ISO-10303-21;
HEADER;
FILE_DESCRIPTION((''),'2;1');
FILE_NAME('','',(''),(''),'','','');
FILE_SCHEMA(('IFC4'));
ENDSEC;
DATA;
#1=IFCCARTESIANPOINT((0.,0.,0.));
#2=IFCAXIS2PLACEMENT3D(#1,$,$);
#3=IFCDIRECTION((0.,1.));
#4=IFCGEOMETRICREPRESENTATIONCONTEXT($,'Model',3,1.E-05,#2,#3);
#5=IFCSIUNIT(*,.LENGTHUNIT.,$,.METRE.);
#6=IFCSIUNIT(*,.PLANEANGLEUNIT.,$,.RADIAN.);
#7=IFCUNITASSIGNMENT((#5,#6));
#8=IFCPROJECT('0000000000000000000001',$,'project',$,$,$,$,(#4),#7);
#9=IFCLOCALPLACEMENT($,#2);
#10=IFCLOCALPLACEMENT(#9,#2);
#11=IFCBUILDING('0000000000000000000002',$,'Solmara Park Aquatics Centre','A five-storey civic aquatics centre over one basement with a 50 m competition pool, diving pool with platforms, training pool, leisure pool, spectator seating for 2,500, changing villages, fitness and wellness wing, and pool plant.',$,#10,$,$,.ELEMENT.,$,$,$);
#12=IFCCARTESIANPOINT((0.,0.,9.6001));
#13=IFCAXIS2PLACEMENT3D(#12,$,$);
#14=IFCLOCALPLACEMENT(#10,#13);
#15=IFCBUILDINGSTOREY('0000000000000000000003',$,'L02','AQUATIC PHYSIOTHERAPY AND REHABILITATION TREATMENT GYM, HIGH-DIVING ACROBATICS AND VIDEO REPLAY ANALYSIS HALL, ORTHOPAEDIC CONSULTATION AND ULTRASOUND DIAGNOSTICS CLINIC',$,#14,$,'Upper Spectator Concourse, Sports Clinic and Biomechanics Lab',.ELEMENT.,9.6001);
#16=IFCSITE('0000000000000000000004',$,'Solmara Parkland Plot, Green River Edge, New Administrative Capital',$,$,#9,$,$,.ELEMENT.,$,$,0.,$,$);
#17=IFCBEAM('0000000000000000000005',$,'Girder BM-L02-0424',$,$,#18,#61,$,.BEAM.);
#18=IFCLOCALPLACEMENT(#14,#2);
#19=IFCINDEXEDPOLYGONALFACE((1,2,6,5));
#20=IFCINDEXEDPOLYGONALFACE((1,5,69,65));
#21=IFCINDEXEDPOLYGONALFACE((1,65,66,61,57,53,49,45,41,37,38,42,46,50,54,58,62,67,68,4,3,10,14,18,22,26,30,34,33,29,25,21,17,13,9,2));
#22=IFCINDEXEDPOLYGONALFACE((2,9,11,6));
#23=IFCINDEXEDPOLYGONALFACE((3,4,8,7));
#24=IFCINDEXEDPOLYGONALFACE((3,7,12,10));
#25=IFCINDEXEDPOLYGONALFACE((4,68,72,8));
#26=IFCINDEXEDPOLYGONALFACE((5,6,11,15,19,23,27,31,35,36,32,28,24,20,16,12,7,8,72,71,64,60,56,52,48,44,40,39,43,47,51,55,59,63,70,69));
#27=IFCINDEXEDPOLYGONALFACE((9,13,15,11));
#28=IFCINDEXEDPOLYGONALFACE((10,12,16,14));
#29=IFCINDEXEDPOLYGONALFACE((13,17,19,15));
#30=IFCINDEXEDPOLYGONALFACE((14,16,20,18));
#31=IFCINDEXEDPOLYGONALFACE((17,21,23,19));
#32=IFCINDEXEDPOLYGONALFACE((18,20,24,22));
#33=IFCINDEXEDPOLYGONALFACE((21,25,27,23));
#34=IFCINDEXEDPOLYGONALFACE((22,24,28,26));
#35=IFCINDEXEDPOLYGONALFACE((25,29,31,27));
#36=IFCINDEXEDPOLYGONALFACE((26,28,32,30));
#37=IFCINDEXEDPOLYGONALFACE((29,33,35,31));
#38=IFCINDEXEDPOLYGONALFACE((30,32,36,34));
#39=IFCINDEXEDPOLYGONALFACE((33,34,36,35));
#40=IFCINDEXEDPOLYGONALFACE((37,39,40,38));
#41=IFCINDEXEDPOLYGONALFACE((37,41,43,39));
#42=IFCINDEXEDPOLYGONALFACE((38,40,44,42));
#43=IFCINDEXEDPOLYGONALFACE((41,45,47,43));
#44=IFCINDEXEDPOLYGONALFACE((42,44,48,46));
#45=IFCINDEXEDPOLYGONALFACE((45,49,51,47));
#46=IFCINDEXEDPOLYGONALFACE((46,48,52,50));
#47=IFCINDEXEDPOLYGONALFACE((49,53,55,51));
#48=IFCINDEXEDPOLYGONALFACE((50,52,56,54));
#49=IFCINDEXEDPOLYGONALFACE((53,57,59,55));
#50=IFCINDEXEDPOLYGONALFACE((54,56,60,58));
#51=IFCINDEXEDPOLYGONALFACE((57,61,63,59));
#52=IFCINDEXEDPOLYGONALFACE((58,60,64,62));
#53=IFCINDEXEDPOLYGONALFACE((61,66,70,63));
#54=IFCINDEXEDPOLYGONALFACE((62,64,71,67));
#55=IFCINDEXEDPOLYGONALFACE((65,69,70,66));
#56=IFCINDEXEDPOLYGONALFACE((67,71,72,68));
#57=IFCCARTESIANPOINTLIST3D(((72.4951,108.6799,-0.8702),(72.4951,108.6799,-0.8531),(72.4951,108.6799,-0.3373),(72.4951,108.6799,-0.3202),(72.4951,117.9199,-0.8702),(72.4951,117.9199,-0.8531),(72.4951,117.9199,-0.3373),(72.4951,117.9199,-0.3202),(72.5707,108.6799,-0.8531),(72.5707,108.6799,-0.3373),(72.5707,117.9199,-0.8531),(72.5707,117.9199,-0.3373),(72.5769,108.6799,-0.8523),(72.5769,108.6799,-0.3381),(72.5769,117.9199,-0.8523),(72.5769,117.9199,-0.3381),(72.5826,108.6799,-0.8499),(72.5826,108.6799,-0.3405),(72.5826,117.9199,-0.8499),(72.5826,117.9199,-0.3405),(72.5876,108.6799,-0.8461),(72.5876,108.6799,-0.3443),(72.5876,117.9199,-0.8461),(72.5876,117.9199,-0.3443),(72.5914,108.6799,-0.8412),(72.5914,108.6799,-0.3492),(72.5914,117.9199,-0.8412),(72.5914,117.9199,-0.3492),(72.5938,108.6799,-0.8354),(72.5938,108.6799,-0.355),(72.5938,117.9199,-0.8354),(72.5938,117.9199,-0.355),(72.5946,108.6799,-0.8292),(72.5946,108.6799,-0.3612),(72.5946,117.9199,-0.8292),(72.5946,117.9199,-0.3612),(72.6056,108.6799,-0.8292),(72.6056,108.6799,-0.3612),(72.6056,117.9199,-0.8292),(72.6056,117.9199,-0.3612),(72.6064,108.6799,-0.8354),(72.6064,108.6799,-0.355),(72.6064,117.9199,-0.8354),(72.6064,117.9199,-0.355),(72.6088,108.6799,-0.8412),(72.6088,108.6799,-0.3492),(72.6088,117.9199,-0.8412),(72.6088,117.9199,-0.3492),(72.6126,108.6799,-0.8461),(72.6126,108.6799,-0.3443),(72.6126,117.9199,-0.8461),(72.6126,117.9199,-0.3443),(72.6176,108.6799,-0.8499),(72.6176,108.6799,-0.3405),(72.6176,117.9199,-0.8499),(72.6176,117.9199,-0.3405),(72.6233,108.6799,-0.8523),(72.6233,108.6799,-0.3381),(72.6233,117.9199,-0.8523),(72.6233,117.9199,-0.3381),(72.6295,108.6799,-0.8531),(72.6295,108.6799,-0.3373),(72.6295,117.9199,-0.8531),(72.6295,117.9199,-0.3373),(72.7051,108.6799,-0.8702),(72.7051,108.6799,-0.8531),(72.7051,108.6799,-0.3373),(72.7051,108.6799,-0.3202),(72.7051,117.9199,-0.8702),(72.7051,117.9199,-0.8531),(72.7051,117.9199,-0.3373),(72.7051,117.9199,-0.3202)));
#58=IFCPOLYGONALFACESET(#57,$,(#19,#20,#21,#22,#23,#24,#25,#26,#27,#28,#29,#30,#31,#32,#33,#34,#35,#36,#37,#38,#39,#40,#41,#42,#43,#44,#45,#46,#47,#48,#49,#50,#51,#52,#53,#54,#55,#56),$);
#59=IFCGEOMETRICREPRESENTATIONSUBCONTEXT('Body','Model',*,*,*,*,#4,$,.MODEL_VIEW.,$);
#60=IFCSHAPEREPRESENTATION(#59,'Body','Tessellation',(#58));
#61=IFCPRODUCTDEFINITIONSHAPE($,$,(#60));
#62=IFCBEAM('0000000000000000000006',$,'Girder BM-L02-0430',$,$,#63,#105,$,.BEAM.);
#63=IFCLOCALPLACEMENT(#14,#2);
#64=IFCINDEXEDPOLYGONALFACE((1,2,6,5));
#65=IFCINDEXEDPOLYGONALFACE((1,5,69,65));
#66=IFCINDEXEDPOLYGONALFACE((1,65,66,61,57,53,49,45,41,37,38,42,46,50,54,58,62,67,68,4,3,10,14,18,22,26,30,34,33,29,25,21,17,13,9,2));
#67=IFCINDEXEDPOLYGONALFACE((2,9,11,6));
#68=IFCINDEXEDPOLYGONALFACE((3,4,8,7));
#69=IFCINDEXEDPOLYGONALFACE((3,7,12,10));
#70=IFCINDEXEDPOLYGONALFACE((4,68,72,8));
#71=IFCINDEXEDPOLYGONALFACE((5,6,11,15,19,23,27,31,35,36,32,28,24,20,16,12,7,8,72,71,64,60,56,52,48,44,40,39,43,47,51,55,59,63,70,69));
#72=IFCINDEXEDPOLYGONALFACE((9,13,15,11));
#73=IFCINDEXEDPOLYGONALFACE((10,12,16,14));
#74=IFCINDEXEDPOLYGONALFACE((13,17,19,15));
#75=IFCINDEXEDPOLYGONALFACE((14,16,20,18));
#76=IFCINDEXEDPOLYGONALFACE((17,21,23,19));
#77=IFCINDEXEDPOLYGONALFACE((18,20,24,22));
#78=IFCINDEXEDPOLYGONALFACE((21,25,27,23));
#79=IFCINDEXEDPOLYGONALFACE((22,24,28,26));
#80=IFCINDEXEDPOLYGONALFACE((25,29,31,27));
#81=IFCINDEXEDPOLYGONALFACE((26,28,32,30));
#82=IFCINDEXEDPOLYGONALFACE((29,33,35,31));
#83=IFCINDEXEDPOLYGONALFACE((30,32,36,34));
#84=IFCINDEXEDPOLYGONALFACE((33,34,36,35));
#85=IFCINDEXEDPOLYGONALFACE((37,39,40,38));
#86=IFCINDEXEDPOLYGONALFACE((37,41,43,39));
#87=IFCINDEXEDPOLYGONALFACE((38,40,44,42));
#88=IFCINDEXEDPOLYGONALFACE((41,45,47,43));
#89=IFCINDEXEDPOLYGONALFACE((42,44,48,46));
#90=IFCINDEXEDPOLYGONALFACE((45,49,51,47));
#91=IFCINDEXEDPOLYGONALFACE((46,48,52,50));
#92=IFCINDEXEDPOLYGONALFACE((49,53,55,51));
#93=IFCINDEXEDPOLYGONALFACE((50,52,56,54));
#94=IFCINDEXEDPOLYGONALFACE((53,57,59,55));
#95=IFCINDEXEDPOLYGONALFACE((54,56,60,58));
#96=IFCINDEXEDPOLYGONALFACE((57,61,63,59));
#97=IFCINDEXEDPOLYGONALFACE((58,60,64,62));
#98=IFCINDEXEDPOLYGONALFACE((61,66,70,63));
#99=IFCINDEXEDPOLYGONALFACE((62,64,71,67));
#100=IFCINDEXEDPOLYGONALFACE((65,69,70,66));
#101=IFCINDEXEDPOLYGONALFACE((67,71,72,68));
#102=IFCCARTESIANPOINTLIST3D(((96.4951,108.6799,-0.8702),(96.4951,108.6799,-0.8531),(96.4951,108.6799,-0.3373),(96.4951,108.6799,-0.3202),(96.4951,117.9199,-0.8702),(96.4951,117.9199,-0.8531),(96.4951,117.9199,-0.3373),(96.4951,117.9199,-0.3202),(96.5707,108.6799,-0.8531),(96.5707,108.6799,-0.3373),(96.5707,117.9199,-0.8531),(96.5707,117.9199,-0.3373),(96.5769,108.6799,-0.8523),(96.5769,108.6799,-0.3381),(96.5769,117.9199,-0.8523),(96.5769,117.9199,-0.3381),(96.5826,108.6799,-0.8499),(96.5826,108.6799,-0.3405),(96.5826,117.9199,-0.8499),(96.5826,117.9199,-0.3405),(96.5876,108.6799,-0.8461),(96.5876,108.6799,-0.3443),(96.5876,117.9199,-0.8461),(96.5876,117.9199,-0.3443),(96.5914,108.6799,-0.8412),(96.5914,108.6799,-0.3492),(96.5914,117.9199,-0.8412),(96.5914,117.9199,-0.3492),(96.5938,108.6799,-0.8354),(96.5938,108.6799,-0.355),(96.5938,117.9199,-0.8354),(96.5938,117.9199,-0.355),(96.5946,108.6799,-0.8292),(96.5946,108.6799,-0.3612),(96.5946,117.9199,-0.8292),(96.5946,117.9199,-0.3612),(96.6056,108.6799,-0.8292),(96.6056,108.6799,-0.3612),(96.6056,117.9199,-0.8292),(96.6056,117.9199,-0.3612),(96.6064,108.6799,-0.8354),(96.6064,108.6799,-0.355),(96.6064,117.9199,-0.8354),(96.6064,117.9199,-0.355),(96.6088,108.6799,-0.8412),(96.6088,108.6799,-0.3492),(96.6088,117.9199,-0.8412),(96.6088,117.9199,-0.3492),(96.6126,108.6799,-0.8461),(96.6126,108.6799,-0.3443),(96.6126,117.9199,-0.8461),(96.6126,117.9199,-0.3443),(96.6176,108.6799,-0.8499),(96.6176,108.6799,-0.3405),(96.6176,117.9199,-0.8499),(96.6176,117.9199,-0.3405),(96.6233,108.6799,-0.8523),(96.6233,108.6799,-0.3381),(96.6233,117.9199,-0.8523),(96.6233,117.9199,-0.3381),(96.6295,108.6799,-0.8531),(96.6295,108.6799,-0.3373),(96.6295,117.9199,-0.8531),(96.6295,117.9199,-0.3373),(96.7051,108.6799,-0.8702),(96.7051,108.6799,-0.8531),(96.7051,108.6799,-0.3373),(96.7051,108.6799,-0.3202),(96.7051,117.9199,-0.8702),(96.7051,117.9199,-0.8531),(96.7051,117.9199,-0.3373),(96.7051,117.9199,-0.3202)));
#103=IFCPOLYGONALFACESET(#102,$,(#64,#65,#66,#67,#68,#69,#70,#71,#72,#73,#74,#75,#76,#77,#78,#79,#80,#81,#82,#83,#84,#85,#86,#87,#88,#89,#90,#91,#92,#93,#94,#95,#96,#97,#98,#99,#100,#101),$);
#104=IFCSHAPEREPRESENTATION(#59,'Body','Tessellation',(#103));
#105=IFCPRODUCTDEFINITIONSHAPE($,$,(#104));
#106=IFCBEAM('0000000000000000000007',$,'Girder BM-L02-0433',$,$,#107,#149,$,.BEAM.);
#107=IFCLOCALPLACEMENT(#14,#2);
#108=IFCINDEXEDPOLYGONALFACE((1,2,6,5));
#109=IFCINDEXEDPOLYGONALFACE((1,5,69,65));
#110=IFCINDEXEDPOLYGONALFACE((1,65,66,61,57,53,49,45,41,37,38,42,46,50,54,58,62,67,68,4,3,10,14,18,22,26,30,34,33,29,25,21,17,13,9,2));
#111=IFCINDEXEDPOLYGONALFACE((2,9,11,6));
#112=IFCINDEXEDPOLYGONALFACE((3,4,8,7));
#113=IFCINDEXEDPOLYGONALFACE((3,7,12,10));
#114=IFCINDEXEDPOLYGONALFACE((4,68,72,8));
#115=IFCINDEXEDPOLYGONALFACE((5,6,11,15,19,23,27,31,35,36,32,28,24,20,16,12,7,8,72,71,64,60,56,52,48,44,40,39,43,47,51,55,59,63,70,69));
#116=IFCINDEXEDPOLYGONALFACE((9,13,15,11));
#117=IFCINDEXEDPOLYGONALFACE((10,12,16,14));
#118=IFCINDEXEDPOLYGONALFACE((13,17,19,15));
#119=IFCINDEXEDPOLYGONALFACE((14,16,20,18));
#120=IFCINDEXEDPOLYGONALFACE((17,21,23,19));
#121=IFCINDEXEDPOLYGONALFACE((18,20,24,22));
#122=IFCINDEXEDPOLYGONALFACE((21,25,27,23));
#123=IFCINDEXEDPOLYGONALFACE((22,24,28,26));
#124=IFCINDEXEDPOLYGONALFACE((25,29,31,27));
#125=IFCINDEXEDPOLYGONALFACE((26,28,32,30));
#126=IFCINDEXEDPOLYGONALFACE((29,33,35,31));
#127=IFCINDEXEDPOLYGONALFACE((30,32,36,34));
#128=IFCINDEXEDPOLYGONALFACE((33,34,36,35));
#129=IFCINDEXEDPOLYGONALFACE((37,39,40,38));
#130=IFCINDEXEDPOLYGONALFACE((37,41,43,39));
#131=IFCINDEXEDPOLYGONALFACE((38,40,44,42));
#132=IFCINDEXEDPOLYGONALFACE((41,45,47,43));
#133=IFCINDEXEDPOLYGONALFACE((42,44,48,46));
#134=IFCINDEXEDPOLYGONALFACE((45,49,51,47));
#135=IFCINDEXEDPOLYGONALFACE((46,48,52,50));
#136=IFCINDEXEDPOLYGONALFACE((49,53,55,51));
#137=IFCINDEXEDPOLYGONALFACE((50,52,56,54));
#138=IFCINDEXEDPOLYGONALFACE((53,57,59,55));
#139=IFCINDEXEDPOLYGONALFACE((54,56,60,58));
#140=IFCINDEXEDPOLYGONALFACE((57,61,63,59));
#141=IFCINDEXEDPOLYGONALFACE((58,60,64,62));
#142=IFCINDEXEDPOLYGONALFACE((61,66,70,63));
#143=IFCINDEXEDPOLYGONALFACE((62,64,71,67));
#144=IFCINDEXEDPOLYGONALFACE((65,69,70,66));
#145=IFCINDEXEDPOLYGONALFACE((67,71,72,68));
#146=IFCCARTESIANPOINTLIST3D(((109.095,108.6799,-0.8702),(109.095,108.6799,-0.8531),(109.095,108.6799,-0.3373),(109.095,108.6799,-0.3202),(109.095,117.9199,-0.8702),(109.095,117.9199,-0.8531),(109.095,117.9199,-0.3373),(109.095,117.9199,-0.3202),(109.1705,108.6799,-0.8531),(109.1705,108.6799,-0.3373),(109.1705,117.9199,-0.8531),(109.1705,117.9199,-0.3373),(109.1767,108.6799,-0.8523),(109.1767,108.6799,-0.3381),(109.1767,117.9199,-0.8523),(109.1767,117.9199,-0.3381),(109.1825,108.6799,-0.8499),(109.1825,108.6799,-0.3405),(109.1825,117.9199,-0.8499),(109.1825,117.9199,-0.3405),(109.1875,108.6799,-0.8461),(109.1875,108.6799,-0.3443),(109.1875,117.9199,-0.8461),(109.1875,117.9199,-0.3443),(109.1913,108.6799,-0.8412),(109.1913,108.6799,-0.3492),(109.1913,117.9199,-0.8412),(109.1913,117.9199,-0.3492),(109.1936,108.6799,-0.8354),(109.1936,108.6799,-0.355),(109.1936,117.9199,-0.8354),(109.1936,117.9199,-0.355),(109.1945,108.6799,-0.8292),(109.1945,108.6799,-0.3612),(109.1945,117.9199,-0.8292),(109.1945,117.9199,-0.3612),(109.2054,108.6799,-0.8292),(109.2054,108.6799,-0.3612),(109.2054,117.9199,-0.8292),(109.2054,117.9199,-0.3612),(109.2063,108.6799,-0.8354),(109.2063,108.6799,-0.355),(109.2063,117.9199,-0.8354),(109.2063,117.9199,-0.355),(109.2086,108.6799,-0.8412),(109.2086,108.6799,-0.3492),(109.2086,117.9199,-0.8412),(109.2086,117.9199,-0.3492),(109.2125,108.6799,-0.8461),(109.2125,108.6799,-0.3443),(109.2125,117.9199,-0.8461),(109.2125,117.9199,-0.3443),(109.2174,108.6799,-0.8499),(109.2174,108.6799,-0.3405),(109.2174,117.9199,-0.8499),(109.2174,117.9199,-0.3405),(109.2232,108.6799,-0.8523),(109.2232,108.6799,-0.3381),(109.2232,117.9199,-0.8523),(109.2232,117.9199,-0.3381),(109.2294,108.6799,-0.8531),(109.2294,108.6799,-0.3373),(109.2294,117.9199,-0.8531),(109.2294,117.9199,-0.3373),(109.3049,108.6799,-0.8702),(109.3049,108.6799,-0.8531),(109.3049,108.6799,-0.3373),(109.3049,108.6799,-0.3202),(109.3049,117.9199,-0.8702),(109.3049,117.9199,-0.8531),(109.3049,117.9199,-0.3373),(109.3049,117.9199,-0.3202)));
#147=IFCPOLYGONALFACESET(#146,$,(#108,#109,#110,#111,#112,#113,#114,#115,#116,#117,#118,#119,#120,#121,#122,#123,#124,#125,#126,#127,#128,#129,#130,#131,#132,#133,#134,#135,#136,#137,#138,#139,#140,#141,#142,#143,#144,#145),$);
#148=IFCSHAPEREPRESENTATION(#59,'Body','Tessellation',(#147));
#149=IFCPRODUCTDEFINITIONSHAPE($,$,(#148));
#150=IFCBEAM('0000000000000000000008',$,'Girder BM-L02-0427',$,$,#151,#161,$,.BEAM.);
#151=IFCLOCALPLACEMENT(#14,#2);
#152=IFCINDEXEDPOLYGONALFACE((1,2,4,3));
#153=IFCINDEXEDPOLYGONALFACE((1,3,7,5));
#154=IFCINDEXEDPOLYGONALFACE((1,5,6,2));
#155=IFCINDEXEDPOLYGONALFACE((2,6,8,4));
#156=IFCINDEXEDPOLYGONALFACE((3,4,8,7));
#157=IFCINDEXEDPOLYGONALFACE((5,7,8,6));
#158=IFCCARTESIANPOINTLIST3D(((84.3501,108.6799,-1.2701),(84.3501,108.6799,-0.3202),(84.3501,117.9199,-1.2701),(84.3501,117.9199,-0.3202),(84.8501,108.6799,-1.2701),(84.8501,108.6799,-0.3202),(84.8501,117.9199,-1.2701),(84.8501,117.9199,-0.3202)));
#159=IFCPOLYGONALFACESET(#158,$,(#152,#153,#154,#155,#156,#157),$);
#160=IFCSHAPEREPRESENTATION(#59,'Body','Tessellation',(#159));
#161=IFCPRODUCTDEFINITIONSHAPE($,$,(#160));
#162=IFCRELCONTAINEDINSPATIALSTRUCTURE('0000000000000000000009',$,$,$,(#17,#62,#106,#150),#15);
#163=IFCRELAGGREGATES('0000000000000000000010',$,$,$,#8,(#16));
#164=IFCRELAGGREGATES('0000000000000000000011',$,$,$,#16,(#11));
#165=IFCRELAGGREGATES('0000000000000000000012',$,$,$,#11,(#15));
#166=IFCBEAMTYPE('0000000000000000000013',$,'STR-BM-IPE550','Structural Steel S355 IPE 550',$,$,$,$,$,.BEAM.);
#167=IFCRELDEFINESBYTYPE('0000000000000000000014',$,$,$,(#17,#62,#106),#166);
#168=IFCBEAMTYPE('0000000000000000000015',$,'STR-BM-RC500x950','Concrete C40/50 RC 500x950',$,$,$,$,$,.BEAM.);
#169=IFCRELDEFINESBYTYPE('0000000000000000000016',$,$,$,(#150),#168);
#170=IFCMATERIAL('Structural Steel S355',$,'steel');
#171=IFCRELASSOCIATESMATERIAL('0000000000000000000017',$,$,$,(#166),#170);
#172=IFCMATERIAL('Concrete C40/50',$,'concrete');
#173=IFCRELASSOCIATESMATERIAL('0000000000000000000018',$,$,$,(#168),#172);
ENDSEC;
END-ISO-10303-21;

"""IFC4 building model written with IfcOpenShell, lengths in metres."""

from ifc_helpers import new_model, si_unit, direction, frame, origin, origin_2d, place, context, subcontext, project, spatial, rectangle, i_section, extrude, material, material_profile, profile_set, type_object, element, save


model = new_model("IFC4")

# Units and contexts
model_context = context("Model", 3, precision=1e-05, world=origin(), true_north=direction((0.0, 1.0)))
body_context = subcontext(model_context, "Body", "Model", "MODEL_VIEW")
ifc_project = project(units=[si_unit("LENGTHUNIT", "METRE"), si_unit("PLANEANGLEUNIT", "RADIAN")], contexts=[model_context])

# Site, building, storey
site_placement = place(None, origin())
site = spatial("IfcSite", under=ifc_project, at=site_placement, Name="Solmara Parkland Plot, Green River Edge, New Administrative Capital", CompositionType="ELEMENT", RefElevation=0.0)
building_placement = place(site_placement, origin())
building = spatial("IfcBuilding", under=site, at=building_placement, Name="Solmara Park Aquatics Centre", Description="A five-storey civic aquatics centre over one basement with a 50 m competition pool, diving pool with platforms, training pool, leisure pool, spectator seating for 2,500, changing villages, fitness and wellness wing, and pool plant.", CompositionType="ELEMENT")
storey_placement = place(building_placement, frame((0.0, 0.0, 9.6001)))
storey = spatial("IfcBuildingStorey", under=building, at=storey_placement, Name="L02", Description="AQUATIC PHYSIOTHERAPY AND REHABILITATION TREATMENT GYM, HIGH-DIVING ACROBATICS AND VIDEO REPLAY ANALYSIS HALL, ORTHOPAEDIC CONSULTATION AND ULTRASOUND DIAGNOSTICS CLINIC", LongName="Upper Spectator Concourse, Sports Clinic and Biomechanics Lab", CompositionType="ELEMENT", Elevation=9.6001)

# Shared definitions
ifc_material_1 = material(Name="Structural Steel S355", Category="steel")
ifc_material_2 = material(Name="Concrete C40/50", Category="concrete")

# Beams
ifc_material_profile_1 = material_profile(ifc_material_1, i_section(OverallWidth=0.21, OverallDepth=0.55, WebThickness=0.011, FlangeThickness=0.0171, FilletRadius=0.0239, at=origin_2d()), Name="IPE 550")
ifc_profile_set_1 = profile_set([ifc_material_profile_1], Name="Structural Steel S355")
beam_type_1 = type_object("IfcBeamType", Name="STR-BM-IPE550", Description="Structural Steel S355 IPE 550", PredefinedType="BEAM", material=ifc_profile_set_1)
for number, where, z_axis, x_axis, name in (
    (1, (72.6001, 108.6799, -0.5952), (0.0, 1.0, 0.0), (-1.0, 0.0, 0.0), "Girder BM-L02-0424"),
    (2, (96.6001, 108.6799, -0.5952), (0.0, 1.0, 0.0), (-1.0, 0.0, 0.0), "Girder BM-L02-0430"),
    (3, (109.2, 108.6799, -0.5952), (0.0, 1.0, 0.0), (-1.0, 0.0, 0.0), "Girder BM-L02-0433"),
):
    element("IfcBeam", number, at=place(storey_placement, frame(where, z_axis=z_axis, x_axis=x_axis)), inside=storey, type_object=beam_type_1, Name=name, PredefinedType="BEAM", context=body_context, shape_type="SweptSolid", body=[
        extrude(i_section(OverallWidth=0.21, OverallDepth=0.55, WebThickness=0.011, FlangeThickness=0.0171, FilletRadius=0.0239, at=origin_2d()), origin(), (0.0, 0.0, 1.0), 9.24),
    ])
ifc_material_profile_2 = material_profile(ifc_material_2, rectangle(XDim=0.5, YDim=0.95, at=origin_2d()), Name="RC 500x950")
ifc_profile_set_2 = profile_set([ifc_material_profile_2], Name="Concrete C40/50")
beam_type_2 = type_object("IfcBeamType", Name="STR-BM-RC500x950", Description="Concrete C40/50 RC 500x950", PredefinedType="BEAM", material=ifc_profile_set_2)
beam_1_placement = place(storey_placement, frame((84.6001, 108.6799, -0.7952), z_axis=(0.0, 1.0, 0.0), x_axis=(-1.0, 0.0, 0.0)))
element("IfcBeam", 4, at=beam_1_placement, inside=storey, type_object=beam_type_2, Name="Girder BM-L02-0427", PredefinedType="BEAM", context=body_context, shape_type="SweptSolid", body=[
    extrude(rectangle(XDim=0.5, YDim=0.95, at=origin_2d()), origin(), (0.0, 0.0, 1.0), 9.24),
])

save(model, "model.ifc")
